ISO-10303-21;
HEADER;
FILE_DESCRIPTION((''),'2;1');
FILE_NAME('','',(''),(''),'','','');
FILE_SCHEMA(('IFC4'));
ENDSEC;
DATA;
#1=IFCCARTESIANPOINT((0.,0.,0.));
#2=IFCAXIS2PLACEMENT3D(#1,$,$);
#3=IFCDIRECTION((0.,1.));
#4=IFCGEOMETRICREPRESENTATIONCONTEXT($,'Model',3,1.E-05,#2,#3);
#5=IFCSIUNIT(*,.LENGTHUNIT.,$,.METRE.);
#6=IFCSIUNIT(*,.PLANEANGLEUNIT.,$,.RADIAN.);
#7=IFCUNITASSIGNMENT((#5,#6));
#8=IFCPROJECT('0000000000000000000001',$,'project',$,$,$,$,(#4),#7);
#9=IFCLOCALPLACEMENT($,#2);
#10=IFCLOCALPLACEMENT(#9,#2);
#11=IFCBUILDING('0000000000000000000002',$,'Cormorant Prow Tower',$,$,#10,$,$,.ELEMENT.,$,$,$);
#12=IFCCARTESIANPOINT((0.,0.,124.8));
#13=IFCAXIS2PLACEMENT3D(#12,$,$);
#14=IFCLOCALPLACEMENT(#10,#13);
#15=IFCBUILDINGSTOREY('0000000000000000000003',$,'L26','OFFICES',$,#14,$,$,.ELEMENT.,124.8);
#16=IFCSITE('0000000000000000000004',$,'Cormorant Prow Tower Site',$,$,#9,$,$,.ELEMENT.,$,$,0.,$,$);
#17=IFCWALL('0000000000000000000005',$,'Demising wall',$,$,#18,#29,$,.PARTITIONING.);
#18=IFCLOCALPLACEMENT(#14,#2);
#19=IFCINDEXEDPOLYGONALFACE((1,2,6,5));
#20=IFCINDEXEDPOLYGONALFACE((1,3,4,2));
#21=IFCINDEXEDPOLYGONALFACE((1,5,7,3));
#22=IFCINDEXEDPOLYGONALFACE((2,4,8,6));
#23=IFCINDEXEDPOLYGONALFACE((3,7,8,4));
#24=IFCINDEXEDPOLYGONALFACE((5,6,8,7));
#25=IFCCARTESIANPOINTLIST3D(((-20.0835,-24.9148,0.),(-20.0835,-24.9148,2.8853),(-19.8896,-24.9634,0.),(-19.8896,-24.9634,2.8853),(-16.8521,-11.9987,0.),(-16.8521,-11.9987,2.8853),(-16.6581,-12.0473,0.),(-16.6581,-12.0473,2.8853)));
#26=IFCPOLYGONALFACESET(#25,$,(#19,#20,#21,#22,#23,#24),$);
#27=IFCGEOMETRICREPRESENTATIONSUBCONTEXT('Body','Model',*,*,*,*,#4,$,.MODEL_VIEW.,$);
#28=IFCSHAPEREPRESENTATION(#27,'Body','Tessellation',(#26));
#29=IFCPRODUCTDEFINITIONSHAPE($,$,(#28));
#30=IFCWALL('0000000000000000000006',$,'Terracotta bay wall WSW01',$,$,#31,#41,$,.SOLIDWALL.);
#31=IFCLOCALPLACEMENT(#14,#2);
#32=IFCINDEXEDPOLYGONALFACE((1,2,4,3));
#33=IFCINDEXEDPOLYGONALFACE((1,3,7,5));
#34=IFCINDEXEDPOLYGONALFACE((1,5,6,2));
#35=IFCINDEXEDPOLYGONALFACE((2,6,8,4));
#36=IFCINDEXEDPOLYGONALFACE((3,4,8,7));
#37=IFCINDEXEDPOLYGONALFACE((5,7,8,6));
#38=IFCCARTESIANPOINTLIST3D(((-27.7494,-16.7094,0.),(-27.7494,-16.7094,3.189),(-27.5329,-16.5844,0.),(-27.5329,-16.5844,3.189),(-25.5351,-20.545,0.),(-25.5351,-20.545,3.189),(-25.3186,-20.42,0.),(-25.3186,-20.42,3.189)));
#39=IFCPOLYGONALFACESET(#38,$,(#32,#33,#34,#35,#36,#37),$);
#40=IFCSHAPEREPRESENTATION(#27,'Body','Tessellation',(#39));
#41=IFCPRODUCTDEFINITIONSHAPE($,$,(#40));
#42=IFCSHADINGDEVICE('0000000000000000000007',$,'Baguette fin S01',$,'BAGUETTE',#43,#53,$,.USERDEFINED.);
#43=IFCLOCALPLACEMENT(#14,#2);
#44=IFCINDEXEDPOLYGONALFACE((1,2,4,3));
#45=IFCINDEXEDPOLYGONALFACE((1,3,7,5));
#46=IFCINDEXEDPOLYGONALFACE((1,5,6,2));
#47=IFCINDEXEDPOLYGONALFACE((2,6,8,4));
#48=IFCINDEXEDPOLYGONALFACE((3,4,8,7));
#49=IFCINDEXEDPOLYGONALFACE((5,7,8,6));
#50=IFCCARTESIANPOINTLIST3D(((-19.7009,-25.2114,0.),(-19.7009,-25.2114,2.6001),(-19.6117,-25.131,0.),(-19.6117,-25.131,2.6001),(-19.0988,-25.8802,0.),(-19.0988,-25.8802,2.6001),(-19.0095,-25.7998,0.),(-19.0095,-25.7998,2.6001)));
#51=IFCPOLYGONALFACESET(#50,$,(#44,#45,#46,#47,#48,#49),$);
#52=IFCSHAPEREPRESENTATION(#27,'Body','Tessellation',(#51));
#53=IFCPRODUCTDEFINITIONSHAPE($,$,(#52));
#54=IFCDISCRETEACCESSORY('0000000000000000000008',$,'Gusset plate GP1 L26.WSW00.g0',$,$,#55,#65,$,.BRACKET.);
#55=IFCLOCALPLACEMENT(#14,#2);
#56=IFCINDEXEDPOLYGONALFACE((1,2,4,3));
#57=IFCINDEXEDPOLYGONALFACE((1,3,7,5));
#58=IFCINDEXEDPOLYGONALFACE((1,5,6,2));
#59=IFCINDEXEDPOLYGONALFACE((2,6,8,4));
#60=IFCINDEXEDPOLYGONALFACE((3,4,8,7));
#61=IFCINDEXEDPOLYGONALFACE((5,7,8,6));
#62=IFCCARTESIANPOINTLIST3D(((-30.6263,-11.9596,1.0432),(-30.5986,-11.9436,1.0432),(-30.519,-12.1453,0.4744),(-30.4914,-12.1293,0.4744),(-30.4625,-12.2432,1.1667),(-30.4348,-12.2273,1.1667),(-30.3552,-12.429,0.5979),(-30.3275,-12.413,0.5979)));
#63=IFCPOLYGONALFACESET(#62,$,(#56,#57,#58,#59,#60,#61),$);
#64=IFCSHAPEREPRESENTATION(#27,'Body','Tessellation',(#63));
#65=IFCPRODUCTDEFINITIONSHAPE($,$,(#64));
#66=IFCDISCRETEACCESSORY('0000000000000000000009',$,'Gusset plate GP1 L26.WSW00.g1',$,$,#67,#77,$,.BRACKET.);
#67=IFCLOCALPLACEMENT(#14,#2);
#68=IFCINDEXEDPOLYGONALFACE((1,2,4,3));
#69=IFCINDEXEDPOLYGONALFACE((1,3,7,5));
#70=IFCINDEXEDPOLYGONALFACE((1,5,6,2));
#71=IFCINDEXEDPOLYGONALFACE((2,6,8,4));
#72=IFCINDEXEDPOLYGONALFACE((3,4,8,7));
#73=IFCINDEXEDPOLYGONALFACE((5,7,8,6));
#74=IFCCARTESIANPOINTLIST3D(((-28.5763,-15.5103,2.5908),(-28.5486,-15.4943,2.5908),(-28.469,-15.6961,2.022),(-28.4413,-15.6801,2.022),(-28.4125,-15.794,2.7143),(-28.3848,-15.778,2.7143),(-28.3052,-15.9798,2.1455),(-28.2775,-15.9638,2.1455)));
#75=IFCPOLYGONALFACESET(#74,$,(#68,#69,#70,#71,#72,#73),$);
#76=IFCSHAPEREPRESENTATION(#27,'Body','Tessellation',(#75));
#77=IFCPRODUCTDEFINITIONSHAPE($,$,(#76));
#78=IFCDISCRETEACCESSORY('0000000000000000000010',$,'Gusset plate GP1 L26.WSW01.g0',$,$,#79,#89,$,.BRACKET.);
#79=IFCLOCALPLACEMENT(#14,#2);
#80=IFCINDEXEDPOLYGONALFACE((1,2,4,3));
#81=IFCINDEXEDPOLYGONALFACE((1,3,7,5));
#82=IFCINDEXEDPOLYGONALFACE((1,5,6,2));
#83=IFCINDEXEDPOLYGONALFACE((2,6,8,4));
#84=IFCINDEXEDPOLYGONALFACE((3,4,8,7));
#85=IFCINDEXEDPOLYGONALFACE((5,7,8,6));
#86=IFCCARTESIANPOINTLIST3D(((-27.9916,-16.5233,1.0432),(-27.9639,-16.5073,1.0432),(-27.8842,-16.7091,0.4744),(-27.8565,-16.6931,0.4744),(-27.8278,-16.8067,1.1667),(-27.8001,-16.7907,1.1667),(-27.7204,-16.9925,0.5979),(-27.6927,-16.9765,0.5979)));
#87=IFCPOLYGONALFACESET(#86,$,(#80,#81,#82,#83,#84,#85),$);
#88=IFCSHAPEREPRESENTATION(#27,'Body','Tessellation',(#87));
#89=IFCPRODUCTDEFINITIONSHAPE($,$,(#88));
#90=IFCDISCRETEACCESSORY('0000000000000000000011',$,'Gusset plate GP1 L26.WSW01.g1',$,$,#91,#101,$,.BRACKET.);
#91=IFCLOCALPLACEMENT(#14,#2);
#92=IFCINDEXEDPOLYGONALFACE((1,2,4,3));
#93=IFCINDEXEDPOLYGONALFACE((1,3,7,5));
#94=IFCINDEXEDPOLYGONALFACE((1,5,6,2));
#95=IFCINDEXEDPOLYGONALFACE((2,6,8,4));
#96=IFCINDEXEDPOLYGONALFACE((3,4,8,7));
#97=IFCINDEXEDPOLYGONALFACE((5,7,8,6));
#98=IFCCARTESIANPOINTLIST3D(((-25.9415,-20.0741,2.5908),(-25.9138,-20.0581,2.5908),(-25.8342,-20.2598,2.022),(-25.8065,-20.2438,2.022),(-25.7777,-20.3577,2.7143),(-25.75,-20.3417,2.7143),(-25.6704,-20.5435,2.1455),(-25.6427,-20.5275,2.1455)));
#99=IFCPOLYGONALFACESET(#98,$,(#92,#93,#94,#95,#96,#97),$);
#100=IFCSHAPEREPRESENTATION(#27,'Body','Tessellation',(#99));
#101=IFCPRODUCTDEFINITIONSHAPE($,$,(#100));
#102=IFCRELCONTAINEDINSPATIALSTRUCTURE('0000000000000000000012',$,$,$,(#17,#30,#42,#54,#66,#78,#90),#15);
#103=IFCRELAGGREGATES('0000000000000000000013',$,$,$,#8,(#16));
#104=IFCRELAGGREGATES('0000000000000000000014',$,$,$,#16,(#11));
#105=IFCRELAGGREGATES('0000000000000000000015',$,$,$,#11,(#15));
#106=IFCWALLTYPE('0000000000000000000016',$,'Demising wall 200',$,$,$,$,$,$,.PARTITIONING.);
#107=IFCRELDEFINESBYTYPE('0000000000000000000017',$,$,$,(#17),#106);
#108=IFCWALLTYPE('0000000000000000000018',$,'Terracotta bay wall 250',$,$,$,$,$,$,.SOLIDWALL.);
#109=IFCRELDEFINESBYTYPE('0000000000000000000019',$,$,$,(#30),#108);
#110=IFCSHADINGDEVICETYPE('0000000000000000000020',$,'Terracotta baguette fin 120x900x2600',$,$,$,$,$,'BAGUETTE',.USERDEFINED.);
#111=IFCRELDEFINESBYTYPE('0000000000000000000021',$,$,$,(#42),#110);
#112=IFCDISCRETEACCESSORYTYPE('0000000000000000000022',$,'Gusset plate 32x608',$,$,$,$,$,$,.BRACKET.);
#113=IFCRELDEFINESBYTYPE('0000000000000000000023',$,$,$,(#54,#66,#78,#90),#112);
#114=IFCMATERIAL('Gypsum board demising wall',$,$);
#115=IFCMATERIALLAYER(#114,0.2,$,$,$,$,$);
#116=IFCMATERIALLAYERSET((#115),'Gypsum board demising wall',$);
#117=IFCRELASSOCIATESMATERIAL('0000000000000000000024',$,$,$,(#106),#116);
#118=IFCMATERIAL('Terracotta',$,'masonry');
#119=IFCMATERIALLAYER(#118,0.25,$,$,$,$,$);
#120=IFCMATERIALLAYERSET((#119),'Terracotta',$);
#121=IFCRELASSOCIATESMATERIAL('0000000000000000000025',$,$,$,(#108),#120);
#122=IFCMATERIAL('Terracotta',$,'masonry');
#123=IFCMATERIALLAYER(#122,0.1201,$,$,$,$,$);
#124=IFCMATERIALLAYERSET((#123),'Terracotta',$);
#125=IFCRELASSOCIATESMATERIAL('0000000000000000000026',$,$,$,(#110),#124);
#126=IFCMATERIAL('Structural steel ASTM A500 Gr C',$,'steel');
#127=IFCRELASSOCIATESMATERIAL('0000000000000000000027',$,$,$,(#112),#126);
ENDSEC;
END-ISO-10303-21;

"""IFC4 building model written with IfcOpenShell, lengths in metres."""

from ifc_helpers import new_model, si_unit, direction, frame, frame_2d, origin, origin_2d, place, context, subcontext, project, spatial, rectangle, extrude, material, layer, layer_set, material_profile, profile_set, type_object, element, save


model = new_model("IFC4")

# Units and contexts
model_context = context("Model", 3, precision=1e-05, world=origin(), true_north=direction((0.0, 1.0)))
body_context = subcontext(model_context, "Body", "Model", "MODEL_VIEW")
ifc_project = project(units=[si_unit("LENGTHUNIT", "METRE"), si_unit("PLANEANGLEUNIT", "RADIAN")], contexts=[model_context])

# Site, building, storey
site_placement = place(None, origin())
site = spatial("IfcSite", under=ifc_project, at=site_placement, Name="Cormorant Prow Tower Site", CompositionType="ELEMENT", RefElevation=0.0)
building_placement = place(site_placement, origin())
building = spatial("IfcBuilding", under=site, at=building_placement, Name="Cormorant Prow Tower", CompositionType="ELEMENT")
storey_placement = place(building_placement, frame((0.0, 0.0, 124.8)))
storey = spatial("IfcBuildingStorey", under=building, at=storey_placement, Name="L26", Description="OFFICES", CompositionType="ELEMENT", Elevation=124.8)

# Walls
ifc_material_1 = material(Name="Gypsum board demising wall")
ifc_layer_1 = layer(ifc_material_1, 0.2)
ifc_layer_set_1 = layer_set([ifc_layer_1], Name="Gypsum board demising wall")
wall_type_1 = type_object("IfcWallType", Name="Demising wall 200", PredefinedType="PARTITIONING", material=ifc_layer_set_1)
wall_1_placement = place(storey_placement, frame((-19.9866, -24.9392, 0.0), z_axis=(0.0, 0.0, 1.0), x_axis=(0.242708, 0.970099, 0.0)))
element("IfcWall", 1, at=wall_1_placement, inside=storey, type_object=wall_type_1, Name="Demising wall", PredefinedType="PARTITIONING", context=body_context, shape_type="SweptSolid", body=[
    extrude(rectangle(XDim=13.3142, YDim=0.2, at=frame_2d((6.6572, 0.0))), origin(), (0.0, 0.0, 1.0), 2.8853),
])
ifc_material_2 = material(Name="Terracotta", Category="masonry")
ifc_layer_2 = layer(ifc_material_2, 0.25)
ifc_layer_set_2 = layer_set([ifc_layer_2], Name="Terracotta")
wall_type_2 = type_object("IfcWallType", Name="Terracotta bay wall 250", PredefinedType="SOLIDWALL", material=ifc_layer_set_2)
wall_2_placement = place(storey_placement, frame((-27.6411, -16.647, 0.0), z_axis=(0.0, 0.0, 1.0), x_axis=(0.499969, -0.866043, 0.0)))
element("IfcWall", 2, at=wall_2_placement, inside=storey, type_object=wall_type_2, Name="Terracotta bay wall WSW01", PredefinedType="SOLIDWALL", context=body_context, shape_type="SweptSolid", body=[
    extrude(rectangle(XDim=4.429, YDim=0.25, at=frame_2d((2.2144, 0.0))), origin(), (0.0, 0.0, 1.0), 3.189),
])

# Shading device
ifc_material_3 = material(Name="Terracotta", Category="masonry")
ifc_layer_3 = layer(ifc_material_3, 0.1201)
ifc_layer_set_3 = layer_set([ifc_layer_3], Name="Terracotta")
shading_device_type = type_object("IfcShadingDeviceType", Name="Terracotta baguette fin 120x900x2600", ElementType="BAGUETTE", PredefinedType="USERDEFINED", material=ifc_layer_set_3)
shading_device_placement = place(storey_placement, frame((-19.3552, -25.5056, 0.0), z_axis=(0.0, 0.0, 1.0), x_axis=(0.743145, 0.669131, 0.0)))
element("IfcShadingDevice", 3, at=shading_device_placement, inside=storey, type_object=shading_device_type, Name="Baguette fin S01", ObjectType="BAGUETTE", PredefinedType="USERDEFINED", context=body_context, shape_type="SweptSolid", body=[
    extrude(rectangle(XDim=0.1201, YDim=0.8999, at=origin_2d()), origin(), (0.0, 0.0, 1.0), 2.6001),
])

# Discrete accessories
ifc_material_4 = material(Name="Structural steel ASTM A500 Gr C", Category="steel")
ifc_material_profile_1 = material_profile(ifc_material_4, rectangle(XDim=0.032, YDim=0.6079, at=origin_2d()), Name="Gusset plate 32x608")
ifc_profile_set_1 = profile_set([ifc_material_profile_1], Name="Structural steel ASTM A500 Gr C")
discrete_accessory_type = type_object("IfcDiscreteAccessoryType", Name="Gusset plate 32x608", PredefinedType="BRACKET", material=ifc_profile_set_1)
for number, where, z_axis, x_axis, name in (
    (4, (-30.395, -12.3281, 0.8823), (-0.467903, 0.810288, -0.352845), (-0.865987, -0.500067, 0.0), "Gusset plate GP1 L26.WSW00.g0"),
    (5, (-28.5088, -15.5952, 2.3064), (0.467903, -0.810288, 0.352845), (0.865987, 0.500067, 0.0), "Gusset plate GP1 L26.WSW00.g1"),
):
    element("IfcDiscreteAccessory", number, at=place(storey_placement, frame(where, z_axis=z_axis, x_axis=x_axis)), inside=storey, type_object=discrete_accessory_type, Name=name, PredefinedType="BRACKET", context=body_context, shape_type="SweptSolid", body=[
        extrude(rectangle(XDim=0.032, YDim=0.6079, at=origin_2d()), origin(), (0.0, 0.0, 1.0), 0.3501),
    ])
discrete_accessory_1_placement = place(storey_placement, frame((-27.7603, -16.8916, 0.8823), z_axis=(-0.468168, 0.810049, -0.353044), x_axis=(-0.8658, -0.500389, 0.0)))
element("IfcDiscreteAccessory", 6, at=discrete_accessory_1_placement, inside=storey, type_object=discrete_accessory_type, Name="Gusset plate GP1 L26.WSW01.g0", PredefinedType="BRACKET", context=body_context, shape_type="SweptSolid", body=[
    extrude(rectangle(XDim=0.032, YDim=0.6079, at=origin_2d()), origin(), (0.0, 0.0, 1.0), 0.3499),
])
discrete_accessory_2_placement = place(storey_placement, frame((-25.874, -20.1589, 2.3064), z_axis=(0.467903, -0.810288, 0.352845), x_axis=(0.865987, 0.500067, 0.0)))
element("IfcDiscreteAccessory", 7, at=discrete_accessory_2_placement, inside=storey, type_object=discrete_accessory_type, Name="Gusset plate GP1 L26.WSW01.g1", PredefinedType="BRACKET", context=body_context, shape_type="SweptSolid", body=[
    extrude(rectangle(XDim=0.032, YDim=0.6079, at=origin_2d()), origin(), (0.0, 0.0, 1.0), 0.3501),
])

save(model, "model.ifc")
